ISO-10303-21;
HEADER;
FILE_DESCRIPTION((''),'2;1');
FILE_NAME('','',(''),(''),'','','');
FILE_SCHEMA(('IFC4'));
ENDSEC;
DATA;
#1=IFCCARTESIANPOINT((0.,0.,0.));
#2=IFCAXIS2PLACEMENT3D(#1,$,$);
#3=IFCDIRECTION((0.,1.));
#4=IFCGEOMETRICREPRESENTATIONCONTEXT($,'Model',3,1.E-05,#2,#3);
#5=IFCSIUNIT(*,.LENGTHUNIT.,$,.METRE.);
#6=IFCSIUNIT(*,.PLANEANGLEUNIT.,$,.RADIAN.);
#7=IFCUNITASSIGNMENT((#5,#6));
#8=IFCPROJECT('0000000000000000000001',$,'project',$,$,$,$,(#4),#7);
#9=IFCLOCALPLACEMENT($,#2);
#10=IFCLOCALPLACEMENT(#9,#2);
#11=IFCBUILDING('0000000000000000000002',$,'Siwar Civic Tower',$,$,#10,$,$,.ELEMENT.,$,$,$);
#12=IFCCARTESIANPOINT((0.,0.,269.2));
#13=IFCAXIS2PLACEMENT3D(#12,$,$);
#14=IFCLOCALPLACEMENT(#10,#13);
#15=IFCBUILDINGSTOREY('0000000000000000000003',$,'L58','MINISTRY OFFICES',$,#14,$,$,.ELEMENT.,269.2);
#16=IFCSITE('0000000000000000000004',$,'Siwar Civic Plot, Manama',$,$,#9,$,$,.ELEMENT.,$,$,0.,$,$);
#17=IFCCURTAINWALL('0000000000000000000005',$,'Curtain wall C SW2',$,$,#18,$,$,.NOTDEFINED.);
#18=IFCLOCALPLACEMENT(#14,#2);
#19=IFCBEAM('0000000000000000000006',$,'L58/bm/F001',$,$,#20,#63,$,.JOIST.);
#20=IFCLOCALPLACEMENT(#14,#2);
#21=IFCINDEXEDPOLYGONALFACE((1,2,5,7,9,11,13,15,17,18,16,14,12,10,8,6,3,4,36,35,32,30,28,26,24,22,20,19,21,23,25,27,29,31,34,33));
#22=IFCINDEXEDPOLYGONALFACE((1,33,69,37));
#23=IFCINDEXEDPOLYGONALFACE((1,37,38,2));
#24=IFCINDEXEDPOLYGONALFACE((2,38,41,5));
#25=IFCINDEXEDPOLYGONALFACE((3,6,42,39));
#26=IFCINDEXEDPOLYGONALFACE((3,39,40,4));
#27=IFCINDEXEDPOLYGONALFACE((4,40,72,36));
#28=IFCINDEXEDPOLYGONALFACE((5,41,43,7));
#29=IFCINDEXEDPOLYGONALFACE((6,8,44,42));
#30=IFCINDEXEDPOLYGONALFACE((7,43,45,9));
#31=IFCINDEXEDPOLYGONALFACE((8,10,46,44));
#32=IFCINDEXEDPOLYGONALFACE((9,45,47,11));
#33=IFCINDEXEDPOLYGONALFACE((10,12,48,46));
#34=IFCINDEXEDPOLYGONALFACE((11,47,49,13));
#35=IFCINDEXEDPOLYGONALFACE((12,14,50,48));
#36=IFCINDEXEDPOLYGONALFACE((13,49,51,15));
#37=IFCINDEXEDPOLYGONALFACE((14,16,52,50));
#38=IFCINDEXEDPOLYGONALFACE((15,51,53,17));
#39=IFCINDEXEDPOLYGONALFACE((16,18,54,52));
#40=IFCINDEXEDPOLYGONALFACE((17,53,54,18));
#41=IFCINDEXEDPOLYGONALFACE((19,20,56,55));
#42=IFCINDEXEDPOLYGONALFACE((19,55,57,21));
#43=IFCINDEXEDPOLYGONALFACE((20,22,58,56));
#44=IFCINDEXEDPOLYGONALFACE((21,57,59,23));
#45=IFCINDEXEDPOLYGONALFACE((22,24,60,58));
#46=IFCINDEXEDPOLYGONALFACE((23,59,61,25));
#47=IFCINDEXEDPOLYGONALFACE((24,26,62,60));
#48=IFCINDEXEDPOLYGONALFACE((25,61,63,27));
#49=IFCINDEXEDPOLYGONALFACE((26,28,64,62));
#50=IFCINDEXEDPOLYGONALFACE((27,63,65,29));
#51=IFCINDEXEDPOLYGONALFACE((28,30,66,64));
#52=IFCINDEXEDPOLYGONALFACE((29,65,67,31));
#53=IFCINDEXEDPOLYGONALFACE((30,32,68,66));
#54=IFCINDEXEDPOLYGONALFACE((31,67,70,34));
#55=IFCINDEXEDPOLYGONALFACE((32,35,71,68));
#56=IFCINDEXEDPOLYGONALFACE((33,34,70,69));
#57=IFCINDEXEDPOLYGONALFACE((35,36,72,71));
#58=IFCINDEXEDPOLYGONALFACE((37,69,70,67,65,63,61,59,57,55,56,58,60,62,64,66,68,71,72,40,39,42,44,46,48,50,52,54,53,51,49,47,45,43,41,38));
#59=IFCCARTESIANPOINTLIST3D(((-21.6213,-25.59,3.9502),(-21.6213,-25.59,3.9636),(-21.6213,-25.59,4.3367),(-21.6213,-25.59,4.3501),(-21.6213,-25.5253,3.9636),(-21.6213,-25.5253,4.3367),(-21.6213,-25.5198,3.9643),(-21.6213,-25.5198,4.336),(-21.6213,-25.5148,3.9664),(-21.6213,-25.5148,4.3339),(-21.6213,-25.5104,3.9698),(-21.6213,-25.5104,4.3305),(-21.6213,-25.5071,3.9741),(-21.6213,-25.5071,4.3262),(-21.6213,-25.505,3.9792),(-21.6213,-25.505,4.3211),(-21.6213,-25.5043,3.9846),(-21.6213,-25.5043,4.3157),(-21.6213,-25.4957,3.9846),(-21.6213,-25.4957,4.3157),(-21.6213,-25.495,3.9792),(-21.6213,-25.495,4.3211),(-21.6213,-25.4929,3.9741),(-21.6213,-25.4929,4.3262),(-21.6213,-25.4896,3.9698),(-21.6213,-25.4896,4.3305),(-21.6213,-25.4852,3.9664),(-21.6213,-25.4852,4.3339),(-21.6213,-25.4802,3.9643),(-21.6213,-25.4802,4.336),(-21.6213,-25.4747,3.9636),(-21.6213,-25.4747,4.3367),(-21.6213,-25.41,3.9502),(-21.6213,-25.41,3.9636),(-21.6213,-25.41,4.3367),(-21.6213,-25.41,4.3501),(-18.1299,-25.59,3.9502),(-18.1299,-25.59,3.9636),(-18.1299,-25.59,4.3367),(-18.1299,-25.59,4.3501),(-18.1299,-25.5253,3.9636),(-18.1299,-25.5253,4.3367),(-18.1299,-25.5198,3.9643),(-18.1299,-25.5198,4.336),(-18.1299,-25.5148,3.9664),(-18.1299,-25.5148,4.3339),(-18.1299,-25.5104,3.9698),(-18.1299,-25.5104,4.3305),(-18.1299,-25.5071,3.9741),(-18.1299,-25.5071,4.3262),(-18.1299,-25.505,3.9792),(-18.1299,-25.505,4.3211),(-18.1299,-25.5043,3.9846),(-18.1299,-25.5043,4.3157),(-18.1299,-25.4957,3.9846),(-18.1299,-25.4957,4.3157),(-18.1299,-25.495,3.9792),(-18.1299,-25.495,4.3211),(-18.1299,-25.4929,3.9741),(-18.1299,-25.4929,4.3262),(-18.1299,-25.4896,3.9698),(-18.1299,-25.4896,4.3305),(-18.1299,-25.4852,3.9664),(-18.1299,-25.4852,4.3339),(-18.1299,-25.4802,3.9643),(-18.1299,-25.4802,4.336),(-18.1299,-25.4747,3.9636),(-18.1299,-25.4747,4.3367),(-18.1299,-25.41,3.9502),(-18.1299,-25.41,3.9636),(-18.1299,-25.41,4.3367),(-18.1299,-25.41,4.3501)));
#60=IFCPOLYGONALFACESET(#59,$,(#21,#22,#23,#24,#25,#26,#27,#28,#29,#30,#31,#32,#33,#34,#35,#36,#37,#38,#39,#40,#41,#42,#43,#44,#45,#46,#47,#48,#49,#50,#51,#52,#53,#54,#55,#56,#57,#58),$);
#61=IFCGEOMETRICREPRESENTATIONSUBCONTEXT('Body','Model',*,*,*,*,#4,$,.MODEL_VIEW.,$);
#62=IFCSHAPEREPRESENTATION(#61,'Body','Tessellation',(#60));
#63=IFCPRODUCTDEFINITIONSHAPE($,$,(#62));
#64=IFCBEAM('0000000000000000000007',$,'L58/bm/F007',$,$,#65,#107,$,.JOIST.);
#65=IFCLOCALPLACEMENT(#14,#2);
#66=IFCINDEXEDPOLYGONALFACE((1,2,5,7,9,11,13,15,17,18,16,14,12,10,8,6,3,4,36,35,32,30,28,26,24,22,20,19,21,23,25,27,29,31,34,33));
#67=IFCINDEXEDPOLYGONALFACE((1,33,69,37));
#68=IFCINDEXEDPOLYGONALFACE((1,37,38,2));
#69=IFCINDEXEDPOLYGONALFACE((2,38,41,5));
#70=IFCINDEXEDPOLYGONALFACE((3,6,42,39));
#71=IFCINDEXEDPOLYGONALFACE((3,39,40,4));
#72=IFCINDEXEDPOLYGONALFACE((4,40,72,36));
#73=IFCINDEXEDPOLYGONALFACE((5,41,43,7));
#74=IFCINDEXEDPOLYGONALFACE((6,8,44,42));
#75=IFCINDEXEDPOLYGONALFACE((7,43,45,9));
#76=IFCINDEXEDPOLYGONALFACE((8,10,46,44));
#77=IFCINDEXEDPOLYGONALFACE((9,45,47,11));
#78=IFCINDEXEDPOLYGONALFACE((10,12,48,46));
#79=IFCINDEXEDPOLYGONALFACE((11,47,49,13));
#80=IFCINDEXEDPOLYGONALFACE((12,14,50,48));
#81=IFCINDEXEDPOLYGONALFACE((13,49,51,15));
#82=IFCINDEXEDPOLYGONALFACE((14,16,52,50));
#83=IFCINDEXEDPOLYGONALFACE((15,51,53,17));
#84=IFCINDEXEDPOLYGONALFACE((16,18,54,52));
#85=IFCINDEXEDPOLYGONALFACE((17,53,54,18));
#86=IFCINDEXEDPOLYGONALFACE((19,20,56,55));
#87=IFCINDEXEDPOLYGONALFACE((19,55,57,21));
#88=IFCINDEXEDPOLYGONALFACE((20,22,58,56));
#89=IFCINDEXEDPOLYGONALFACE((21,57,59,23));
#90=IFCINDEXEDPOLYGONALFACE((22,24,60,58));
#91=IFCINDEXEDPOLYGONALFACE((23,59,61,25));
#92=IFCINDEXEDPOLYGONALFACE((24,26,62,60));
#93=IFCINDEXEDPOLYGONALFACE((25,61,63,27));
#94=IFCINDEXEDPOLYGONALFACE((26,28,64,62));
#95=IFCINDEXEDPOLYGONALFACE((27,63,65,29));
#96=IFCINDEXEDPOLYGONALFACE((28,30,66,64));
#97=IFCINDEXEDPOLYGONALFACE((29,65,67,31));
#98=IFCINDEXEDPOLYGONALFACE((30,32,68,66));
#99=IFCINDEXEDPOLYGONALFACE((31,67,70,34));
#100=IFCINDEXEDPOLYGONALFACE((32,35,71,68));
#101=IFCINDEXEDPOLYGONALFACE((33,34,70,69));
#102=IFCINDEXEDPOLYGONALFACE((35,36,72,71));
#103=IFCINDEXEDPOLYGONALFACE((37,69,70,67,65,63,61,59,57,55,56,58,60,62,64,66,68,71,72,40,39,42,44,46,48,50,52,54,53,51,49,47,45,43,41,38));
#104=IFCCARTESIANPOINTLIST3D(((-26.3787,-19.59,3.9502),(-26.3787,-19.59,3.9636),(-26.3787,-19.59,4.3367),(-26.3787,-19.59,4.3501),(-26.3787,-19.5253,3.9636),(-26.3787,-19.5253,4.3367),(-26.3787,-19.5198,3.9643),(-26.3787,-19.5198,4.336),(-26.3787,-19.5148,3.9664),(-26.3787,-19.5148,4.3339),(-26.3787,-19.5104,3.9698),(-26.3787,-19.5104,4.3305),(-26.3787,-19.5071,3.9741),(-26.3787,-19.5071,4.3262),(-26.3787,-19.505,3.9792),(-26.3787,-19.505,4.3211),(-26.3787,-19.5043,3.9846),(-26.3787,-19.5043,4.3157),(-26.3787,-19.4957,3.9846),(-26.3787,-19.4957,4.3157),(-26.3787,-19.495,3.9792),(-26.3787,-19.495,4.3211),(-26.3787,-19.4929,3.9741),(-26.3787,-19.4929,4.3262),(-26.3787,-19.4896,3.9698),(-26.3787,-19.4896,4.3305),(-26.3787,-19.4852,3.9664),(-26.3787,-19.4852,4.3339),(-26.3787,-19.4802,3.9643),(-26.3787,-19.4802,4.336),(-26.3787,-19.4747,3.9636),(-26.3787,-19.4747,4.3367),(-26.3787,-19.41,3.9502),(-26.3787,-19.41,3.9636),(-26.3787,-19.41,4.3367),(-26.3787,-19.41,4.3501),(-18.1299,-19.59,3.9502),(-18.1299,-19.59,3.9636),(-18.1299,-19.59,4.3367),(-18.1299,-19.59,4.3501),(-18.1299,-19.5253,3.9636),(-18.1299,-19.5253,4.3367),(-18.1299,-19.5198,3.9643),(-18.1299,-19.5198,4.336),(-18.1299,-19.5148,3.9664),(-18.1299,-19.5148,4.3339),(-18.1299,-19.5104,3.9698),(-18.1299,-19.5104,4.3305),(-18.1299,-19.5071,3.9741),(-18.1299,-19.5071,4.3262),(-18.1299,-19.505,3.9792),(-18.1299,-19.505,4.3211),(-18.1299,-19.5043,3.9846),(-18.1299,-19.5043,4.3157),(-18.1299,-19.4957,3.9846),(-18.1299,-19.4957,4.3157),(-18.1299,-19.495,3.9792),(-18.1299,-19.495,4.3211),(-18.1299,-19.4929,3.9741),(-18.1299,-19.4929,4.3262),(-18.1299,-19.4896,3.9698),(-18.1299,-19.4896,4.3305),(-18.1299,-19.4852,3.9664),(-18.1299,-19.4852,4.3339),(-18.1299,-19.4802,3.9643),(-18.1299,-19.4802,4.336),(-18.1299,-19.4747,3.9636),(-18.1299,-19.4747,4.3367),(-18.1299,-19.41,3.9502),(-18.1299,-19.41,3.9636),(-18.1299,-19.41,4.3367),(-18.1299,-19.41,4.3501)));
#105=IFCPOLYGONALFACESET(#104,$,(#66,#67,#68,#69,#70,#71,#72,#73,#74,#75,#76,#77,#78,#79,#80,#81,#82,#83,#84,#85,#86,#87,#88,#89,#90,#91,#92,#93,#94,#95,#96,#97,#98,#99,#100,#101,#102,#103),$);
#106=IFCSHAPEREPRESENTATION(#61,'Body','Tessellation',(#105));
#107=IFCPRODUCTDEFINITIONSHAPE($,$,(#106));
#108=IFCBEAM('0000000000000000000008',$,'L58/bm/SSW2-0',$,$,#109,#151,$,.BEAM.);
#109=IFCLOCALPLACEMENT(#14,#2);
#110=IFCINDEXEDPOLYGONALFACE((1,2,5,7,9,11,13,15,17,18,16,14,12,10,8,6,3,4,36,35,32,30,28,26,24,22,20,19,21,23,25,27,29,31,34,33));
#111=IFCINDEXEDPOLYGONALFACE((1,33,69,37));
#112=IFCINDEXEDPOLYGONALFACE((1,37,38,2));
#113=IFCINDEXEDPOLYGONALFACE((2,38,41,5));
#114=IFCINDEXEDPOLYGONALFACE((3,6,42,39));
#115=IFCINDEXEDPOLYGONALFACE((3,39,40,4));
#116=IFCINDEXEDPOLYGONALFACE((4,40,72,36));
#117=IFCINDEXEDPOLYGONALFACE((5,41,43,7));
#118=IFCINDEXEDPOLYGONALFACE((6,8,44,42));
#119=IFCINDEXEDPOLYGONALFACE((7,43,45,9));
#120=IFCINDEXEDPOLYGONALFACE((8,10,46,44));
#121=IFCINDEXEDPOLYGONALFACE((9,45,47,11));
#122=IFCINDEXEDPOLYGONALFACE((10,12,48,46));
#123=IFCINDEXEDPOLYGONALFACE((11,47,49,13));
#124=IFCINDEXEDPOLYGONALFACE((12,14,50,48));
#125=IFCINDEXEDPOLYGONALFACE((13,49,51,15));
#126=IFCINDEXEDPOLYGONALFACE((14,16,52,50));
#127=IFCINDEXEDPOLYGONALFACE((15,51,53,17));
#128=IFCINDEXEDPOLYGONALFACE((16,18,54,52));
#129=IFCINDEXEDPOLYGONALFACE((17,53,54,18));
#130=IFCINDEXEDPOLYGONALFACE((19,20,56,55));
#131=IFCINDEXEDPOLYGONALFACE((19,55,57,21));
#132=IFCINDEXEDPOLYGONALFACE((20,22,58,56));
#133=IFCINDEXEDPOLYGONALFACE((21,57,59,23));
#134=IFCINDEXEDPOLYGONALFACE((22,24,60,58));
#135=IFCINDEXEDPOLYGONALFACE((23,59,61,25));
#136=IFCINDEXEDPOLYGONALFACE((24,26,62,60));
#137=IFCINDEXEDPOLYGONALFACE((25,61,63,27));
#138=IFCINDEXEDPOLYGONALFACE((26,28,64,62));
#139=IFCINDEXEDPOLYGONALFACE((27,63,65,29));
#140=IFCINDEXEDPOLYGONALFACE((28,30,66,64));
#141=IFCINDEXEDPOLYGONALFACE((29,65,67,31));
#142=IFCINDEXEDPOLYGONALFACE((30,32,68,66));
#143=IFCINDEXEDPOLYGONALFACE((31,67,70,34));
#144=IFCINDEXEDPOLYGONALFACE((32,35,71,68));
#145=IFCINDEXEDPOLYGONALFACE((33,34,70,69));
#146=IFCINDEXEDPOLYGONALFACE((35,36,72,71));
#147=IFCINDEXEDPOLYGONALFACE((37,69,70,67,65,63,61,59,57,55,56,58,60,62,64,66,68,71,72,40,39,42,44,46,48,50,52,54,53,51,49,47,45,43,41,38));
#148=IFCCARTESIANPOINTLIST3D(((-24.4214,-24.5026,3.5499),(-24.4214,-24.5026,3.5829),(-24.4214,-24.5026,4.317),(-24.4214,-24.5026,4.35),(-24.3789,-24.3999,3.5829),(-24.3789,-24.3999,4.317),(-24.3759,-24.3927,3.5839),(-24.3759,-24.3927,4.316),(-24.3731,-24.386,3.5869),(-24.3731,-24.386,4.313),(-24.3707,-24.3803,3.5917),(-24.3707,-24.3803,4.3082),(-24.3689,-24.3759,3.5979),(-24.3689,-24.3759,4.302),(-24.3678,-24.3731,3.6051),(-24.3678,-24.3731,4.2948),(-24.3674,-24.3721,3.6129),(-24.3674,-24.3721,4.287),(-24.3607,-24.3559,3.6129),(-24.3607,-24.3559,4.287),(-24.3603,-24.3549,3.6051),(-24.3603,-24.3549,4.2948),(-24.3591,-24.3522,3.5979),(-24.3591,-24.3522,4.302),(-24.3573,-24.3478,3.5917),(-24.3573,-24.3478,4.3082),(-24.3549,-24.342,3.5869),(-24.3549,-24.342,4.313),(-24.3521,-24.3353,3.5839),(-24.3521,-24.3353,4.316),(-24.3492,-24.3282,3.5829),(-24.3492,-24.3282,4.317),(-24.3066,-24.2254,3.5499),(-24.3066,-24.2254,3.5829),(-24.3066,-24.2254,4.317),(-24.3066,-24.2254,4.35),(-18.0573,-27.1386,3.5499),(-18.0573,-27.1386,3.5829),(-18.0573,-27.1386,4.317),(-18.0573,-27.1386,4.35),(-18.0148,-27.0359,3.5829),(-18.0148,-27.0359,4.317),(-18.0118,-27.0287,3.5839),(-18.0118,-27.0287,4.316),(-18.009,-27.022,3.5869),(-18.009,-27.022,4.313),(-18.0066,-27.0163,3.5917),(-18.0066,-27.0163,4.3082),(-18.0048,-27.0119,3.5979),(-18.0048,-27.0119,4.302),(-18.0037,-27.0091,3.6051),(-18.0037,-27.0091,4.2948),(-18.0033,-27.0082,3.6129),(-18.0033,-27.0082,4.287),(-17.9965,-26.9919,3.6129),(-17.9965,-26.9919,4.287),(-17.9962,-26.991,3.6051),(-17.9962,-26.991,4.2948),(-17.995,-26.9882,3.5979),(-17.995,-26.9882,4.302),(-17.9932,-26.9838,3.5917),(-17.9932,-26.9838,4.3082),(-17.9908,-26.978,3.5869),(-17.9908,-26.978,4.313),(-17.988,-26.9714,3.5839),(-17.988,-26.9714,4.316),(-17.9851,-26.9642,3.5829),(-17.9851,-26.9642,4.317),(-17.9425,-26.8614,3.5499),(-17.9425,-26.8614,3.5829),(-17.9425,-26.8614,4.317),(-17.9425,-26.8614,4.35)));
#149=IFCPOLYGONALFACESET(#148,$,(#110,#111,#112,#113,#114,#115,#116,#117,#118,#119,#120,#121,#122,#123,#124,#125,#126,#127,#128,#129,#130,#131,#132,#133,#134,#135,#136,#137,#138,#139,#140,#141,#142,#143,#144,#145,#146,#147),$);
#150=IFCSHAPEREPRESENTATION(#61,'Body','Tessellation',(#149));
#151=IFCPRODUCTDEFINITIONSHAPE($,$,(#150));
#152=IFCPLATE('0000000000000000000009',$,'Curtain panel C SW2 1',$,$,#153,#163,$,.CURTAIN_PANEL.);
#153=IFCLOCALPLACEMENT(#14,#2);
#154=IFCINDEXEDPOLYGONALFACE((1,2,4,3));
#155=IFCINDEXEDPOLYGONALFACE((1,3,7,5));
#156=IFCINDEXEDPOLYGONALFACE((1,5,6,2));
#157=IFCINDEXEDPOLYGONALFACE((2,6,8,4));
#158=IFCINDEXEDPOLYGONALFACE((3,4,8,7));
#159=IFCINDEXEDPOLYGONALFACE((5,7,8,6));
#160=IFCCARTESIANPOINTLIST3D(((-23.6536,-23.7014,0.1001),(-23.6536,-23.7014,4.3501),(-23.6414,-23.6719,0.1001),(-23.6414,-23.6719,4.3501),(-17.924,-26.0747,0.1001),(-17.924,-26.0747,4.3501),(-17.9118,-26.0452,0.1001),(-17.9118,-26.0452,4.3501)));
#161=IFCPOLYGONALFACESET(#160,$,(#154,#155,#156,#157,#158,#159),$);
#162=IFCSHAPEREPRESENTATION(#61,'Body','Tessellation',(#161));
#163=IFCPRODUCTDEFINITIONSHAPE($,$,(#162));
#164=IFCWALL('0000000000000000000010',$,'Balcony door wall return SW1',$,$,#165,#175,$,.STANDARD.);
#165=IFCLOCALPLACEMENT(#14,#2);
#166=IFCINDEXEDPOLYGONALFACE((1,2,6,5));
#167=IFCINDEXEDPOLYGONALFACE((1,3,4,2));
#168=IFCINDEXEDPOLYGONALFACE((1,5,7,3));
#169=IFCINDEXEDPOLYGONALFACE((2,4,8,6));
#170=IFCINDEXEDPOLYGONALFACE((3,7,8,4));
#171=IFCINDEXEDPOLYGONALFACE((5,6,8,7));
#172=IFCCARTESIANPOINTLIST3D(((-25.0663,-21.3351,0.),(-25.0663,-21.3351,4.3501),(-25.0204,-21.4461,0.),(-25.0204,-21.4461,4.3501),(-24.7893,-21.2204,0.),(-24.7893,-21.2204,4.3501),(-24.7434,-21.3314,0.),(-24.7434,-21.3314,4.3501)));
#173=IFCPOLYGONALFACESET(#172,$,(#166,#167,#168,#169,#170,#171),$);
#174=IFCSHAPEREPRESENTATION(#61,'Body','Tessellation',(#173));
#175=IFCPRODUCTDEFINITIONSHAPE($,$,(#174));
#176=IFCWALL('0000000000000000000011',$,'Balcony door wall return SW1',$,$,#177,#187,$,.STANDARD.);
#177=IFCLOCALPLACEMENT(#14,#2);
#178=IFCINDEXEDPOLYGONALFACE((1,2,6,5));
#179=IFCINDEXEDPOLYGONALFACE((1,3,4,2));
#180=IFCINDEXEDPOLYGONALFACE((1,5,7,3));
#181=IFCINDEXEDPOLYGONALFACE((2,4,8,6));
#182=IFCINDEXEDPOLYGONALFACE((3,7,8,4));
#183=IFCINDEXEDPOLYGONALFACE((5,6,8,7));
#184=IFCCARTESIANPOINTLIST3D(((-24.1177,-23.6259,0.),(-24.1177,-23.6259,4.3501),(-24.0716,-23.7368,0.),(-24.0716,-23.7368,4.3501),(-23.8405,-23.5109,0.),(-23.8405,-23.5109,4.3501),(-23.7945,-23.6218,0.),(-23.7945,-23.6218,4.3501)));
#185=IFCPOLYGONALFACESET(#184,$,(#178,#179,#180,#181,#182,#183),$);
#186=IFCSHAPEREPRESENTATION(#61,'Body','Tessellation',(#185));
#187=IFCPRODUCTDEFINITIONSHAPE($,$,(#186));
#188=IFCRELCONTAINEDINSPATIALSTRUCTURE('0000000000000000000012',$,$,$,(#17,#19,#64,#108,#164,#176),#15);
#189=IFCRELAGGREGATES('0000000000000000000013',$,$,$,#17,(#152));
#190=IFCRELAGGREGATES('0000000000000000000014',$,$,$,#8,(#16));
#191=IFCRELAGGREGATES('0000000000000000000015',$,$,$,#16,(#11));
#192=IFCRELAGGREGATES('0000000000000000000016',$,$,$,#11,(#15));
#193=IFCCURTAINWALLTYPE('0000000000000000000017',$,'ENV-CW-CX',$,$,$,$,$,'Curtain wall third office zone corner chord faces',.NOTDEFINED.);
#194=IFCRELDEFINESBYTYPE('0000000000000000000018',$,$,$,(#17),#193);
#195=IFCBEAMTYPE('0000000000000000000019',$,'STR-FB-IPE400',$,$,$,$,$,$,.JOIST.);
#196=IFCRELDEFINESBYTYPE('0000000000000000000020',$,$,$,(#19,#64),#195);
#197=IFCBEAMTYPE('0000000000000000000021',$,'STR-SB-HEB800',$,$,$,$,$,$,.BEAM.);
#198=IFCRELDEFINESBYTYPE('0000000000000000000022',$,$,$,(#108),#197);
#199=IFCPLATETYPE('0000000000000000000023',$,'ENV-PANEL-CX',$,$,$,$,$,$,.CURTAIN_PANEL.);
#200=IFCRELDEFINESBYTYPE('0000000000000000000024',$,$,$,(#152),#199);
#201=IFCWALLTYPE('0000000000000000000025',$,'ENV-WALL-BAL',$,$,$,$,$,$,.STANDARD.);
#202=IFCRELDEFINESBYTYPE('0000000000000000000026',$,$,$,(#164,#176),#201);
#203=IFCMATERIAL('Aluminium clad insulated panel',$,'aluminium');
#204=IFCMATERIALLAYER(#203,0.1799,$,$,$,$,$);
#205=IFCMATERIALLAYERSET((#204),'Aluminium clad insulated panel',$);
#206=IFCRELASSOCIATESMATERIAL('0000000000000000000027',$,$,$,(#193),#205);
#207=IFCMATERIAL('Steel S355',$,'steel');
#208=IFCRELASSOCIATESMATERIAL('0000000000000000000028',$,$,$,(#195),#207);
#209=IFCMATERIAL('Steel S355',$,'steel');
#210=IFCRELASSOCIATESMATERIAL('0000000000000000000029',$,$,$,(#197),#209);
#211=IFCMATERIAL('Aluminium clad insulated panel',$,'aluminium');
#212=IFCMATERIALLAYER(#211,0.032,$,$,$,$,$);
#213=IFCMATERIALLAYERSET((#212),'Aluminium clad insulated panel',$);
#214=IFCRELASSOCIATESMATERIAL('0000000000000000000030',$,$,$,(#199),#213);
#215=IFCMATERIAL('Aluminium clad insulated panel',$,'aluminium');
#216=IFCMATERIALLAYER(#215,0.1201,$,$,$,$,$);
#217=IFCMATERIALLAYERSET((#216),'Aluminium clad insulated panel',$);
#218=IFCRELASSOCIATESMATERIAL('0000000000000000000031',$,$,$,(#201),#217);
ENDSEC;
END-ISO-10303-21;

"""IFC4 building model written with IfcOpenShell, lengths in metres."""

from ifc_helpers import new_model, si_unit, direction, frame, frame_2d, origin, origin_2d, place, context, subcontext, project, spatial, rectangle, i_section, extrude, material, layer, layer_set, material_profile, profile_set, type_object, element, aggregate, save


model = new_model("IFC4")

# Units and contexts
model_context = context("Model", 3, precision=1e-05, world=origin(), true_north=direction((0.0, 1.0)))
body_context = subcontext(model_context, "Body", "Model", "MODEL_VIEW")
ifc_project = project(units=[si_unit("LENGTHUNIT", "METRE"), si_unit("PLANEANGLEUNIT", "RADIAN")], contexts=[model_context])

# Site, building, storey
site_placement = place(None, origin())
site = spatial("IfcSite", under=ifc_project, at=site_placement, Name="Siwar Civic Plot, Manama", CompositionType="ELEMENT", RefElevation=0.0)
building_placement = place(site_placement, origin())
building = spatial("IfcBuilding", under=site, at=building_placement, Name="Siwar Civic Tower", CompositionType="ELEMENT")
storey_placement = place(building_placement, frame((0.0, 0.0, 269.2)))
storey = spatial("IfcBuildingStorey", under=building, at=storey_placement, Name="L58", Description="MINISTRY OFFICES", CompositionType="ELEMENT", Elevation=269.2)

# Shared definitions
ifc_material_1 = material(Name="Aluminium clad insulated panel", Category="aluminium")
ifc_layer_1 = layer(ifc_material_1, 0.1799)
ifc_layer_set_1 = layer_set([ifc_layer_1], Name="Aluminium clad insulated panel")
curtain_wall_type = type_object("IfcCurtainWallType", Name="ENV-CW-CX", ElementType="Curtain wall third office zone corner chord faces", PredefinedType="NOTDEFINED", material=ifc_layer_set_1)

# Curtain wall
curtain_wall_1_placement = place(storey_placement, origin())
curtain_wall_1 = element("IfcCurtainWall", 1, at=curtain_wall_1_placement, inside=storey, type_object=curtain_wall_type, Name="Curtain wall C SW2", PredefinedType="NOTDEFINED")

# Beams
ifc_material_2 = material(Name="Steel S355", Category="steel")
ifc_material_profile_1 = material_profile(ifc_material_2, i_section(OverallWidth=0.1799, OverallDepth=0.3999, WebThickness=0.0085, FlangeThickness=0.0134, FilletRadius=0.021, at=origin_2d()), Name="IPE400")
ifc_profile_set_1 = profile_set([ifc_material_profile_1], Name="Steel S355")
beam_type_1 = type_object("IfcBeamType", Name="STR-FB-IPE400", PredefinedType="JOIST", material=ifc_profile_set_1)
beam_1_placement = place(storey_placement, frame((-21.6213, -25.5, 4.1501), z_axis=(1.0, 0.0, 0.0), x_axis=(0.0, 1.0, 0.0)))
element("IfcBeam", 2, at=beam_1_placement, inside=storey, type_object=beam_type_1, Name="L58/bm/F001", PredefinedType="JOIST", context=body_context, shape_type="SweptSolid", body=[
    extrude(i_section(OverallWidth=0.1799, OverallDepth=0.3999, WebThickness=0.0085, FlangeThickness=0.0134, FilletRadius=0.021, at=origin_2d()), origin(), (0.0, 0.0, 1.0), 3.4915),
])
beam_2_placement = place(storey_placement, frame((-26.3787, -19.5, 4.1501), z_axis=(1.0, 0.0, 0.0), x_axis=(0.0, 1.0, 0.0)))
element("IfcBeam", 3, at=beam_2_placement, inside=storey, type_object=beam_type_1, Name="L58/bm/F007", PredefinedType="JOIST", context=body_context, shape_type="SweptSolid", body=[
    extrude(i_section(OverallWidth=0.1799, OverallDepth=0.3999, WebThickness=0.0085, FlangeThickness=0.0134, FilletRadius=0.021, at=origin_2d()), origin(), (0.0, 0.0, 1.0), 8.2488),
])
ifc_material_3 = material(Name="Steel S355", Category="steel")
ifc_material_profile_2 = material_profile(ifc_material_3, i_section(OverallWidth=0.3, OverallDepth=0.8, WebThickness=0.0176, FlangeThickness=0.033, FilletRadius=0.03, at=origin_2d()), Name="HEB800")
ifc_profile_set_2 = profile_set([ifc_material_profile_2], Name="Steel S355")
beam_type_2 = type_object("IfcBeamType", Name="STR-SB-HEB800", PredefinedType="BEAM", material=ifc_profile_set_2)
beam_3_placement = place(storey_placement, frame((-24.364, -24.364, 3.95), z_axis=(0.923883, -0.382674, 0.0), x_axis=(0.382674, 0.923883, 0.0)))
element("IfcBeam", 4, at=beam_3_placement, inside=storey, type_object=beam_type_2, Name="L58/bm/SSW2-0", PredefinedType="BEAM", context=body_context, shape_type="SweptSolid", body=[
    extrude(i_section(OverallWidth=0.3, OverallDepth=0.8, WebThickness=0.0176, FlangeThickness=0.033, FilletRadius=0.03, at=origin_2d()), origin(), (0.0, 0.0, 1.0), 6.8884),
])

# Plate
ifc_material_4 = material(Name="Aluminium clad insulated panel", Category="aluminium")
ifc_layer_2 = layer(ifc_material_4, 0.032)
ifc_layer_set_2 = layer_set([ifc_layer_2], Name="Aluminium clad insulated panel")
plate_type = type_object("IfcPlateType", Name="ENV-PANEL-CX", PredefinedType="CURTAIN_PANEL", material=ifc_layer_set_2)
plate_placement = place(storey_placement, frame((-20.7827, -24.8733, 0.1001), z_axis=(0.0, 0.0, 1.0), x_axis=(0.92388, -0.382683, 0.0)))
plate = element("IfcPlate", 5, at=plate_placement, type_object=plate_type, Name="Curtain panel C SW2 1", PredefinedType="CURTAIN_PANEL", context=body_context, shape_type="SweptSolid", body=[
    extrude(rectangle(XDim=6.2017, YDim=0.032, at=origin_2d()), origin(), (0.0, 0.0, 1.0), 4.25),
])
aggregate(curtain_wall_1, [plate])

# Walls
ifc_material_5 = material(Name="Aluminium clad insulated panel", Category="aluminium")
ifc_layer_3 = layer(ifc_material_5, 0.1201)
ifc_layer_set_3 = layer_set([ifc_layer_3], Name="Aluminium clad insulated panel")
wall_type = type_object("IfcWallType", Name="ENV-WALL-BAL", PredefinedType="STANDARD", material=ifc_layer_set_3)
wall_1_placement = place(storey_placement, frame((-24.7664, -21.2759, 0.0), z_axis=(0.0, 0.0, 1.0), x_axis=(-0.923918, -0.382591, 0.0)))
element("IfcWall", 6, at=wall_1_placement, inside=storey, type_object=wall_type, Name="Balcony door wall return SW1", PredefinedType="STANDARD", context=body_context, shape_type="SweptSolid", body=[
    extrude(rectangle(XDim=0.2998, YDim=0.1201, at=frame_2d((0.1499, 0.0))), origin(), (0.0, 0.0, 1.0), 4.3501),
])
wall_2_placement = place(storey_placement, frame((-23.8176, -23.5664, 0.0), z_axis=(0.0, 0.0, 1.0), x_axis=(-0.92363, -0.383286, 0.0)))
element("IfcWall", 7, at=wall_2_placement, inside=storey, type_object=wall_type, Name="Balcony door wall return SW1", PredefinedType="STANDARD", context=body_context, shape_type="SweptSolid", body=[
    extrude(rectangle(XDim=0.3, YDim=0.1201, at=frame_2d((0.1499, 0.0))), origin(), (0.0, 0.0, 1.0), 4.3501),
])

save(model, "model.ifc")
